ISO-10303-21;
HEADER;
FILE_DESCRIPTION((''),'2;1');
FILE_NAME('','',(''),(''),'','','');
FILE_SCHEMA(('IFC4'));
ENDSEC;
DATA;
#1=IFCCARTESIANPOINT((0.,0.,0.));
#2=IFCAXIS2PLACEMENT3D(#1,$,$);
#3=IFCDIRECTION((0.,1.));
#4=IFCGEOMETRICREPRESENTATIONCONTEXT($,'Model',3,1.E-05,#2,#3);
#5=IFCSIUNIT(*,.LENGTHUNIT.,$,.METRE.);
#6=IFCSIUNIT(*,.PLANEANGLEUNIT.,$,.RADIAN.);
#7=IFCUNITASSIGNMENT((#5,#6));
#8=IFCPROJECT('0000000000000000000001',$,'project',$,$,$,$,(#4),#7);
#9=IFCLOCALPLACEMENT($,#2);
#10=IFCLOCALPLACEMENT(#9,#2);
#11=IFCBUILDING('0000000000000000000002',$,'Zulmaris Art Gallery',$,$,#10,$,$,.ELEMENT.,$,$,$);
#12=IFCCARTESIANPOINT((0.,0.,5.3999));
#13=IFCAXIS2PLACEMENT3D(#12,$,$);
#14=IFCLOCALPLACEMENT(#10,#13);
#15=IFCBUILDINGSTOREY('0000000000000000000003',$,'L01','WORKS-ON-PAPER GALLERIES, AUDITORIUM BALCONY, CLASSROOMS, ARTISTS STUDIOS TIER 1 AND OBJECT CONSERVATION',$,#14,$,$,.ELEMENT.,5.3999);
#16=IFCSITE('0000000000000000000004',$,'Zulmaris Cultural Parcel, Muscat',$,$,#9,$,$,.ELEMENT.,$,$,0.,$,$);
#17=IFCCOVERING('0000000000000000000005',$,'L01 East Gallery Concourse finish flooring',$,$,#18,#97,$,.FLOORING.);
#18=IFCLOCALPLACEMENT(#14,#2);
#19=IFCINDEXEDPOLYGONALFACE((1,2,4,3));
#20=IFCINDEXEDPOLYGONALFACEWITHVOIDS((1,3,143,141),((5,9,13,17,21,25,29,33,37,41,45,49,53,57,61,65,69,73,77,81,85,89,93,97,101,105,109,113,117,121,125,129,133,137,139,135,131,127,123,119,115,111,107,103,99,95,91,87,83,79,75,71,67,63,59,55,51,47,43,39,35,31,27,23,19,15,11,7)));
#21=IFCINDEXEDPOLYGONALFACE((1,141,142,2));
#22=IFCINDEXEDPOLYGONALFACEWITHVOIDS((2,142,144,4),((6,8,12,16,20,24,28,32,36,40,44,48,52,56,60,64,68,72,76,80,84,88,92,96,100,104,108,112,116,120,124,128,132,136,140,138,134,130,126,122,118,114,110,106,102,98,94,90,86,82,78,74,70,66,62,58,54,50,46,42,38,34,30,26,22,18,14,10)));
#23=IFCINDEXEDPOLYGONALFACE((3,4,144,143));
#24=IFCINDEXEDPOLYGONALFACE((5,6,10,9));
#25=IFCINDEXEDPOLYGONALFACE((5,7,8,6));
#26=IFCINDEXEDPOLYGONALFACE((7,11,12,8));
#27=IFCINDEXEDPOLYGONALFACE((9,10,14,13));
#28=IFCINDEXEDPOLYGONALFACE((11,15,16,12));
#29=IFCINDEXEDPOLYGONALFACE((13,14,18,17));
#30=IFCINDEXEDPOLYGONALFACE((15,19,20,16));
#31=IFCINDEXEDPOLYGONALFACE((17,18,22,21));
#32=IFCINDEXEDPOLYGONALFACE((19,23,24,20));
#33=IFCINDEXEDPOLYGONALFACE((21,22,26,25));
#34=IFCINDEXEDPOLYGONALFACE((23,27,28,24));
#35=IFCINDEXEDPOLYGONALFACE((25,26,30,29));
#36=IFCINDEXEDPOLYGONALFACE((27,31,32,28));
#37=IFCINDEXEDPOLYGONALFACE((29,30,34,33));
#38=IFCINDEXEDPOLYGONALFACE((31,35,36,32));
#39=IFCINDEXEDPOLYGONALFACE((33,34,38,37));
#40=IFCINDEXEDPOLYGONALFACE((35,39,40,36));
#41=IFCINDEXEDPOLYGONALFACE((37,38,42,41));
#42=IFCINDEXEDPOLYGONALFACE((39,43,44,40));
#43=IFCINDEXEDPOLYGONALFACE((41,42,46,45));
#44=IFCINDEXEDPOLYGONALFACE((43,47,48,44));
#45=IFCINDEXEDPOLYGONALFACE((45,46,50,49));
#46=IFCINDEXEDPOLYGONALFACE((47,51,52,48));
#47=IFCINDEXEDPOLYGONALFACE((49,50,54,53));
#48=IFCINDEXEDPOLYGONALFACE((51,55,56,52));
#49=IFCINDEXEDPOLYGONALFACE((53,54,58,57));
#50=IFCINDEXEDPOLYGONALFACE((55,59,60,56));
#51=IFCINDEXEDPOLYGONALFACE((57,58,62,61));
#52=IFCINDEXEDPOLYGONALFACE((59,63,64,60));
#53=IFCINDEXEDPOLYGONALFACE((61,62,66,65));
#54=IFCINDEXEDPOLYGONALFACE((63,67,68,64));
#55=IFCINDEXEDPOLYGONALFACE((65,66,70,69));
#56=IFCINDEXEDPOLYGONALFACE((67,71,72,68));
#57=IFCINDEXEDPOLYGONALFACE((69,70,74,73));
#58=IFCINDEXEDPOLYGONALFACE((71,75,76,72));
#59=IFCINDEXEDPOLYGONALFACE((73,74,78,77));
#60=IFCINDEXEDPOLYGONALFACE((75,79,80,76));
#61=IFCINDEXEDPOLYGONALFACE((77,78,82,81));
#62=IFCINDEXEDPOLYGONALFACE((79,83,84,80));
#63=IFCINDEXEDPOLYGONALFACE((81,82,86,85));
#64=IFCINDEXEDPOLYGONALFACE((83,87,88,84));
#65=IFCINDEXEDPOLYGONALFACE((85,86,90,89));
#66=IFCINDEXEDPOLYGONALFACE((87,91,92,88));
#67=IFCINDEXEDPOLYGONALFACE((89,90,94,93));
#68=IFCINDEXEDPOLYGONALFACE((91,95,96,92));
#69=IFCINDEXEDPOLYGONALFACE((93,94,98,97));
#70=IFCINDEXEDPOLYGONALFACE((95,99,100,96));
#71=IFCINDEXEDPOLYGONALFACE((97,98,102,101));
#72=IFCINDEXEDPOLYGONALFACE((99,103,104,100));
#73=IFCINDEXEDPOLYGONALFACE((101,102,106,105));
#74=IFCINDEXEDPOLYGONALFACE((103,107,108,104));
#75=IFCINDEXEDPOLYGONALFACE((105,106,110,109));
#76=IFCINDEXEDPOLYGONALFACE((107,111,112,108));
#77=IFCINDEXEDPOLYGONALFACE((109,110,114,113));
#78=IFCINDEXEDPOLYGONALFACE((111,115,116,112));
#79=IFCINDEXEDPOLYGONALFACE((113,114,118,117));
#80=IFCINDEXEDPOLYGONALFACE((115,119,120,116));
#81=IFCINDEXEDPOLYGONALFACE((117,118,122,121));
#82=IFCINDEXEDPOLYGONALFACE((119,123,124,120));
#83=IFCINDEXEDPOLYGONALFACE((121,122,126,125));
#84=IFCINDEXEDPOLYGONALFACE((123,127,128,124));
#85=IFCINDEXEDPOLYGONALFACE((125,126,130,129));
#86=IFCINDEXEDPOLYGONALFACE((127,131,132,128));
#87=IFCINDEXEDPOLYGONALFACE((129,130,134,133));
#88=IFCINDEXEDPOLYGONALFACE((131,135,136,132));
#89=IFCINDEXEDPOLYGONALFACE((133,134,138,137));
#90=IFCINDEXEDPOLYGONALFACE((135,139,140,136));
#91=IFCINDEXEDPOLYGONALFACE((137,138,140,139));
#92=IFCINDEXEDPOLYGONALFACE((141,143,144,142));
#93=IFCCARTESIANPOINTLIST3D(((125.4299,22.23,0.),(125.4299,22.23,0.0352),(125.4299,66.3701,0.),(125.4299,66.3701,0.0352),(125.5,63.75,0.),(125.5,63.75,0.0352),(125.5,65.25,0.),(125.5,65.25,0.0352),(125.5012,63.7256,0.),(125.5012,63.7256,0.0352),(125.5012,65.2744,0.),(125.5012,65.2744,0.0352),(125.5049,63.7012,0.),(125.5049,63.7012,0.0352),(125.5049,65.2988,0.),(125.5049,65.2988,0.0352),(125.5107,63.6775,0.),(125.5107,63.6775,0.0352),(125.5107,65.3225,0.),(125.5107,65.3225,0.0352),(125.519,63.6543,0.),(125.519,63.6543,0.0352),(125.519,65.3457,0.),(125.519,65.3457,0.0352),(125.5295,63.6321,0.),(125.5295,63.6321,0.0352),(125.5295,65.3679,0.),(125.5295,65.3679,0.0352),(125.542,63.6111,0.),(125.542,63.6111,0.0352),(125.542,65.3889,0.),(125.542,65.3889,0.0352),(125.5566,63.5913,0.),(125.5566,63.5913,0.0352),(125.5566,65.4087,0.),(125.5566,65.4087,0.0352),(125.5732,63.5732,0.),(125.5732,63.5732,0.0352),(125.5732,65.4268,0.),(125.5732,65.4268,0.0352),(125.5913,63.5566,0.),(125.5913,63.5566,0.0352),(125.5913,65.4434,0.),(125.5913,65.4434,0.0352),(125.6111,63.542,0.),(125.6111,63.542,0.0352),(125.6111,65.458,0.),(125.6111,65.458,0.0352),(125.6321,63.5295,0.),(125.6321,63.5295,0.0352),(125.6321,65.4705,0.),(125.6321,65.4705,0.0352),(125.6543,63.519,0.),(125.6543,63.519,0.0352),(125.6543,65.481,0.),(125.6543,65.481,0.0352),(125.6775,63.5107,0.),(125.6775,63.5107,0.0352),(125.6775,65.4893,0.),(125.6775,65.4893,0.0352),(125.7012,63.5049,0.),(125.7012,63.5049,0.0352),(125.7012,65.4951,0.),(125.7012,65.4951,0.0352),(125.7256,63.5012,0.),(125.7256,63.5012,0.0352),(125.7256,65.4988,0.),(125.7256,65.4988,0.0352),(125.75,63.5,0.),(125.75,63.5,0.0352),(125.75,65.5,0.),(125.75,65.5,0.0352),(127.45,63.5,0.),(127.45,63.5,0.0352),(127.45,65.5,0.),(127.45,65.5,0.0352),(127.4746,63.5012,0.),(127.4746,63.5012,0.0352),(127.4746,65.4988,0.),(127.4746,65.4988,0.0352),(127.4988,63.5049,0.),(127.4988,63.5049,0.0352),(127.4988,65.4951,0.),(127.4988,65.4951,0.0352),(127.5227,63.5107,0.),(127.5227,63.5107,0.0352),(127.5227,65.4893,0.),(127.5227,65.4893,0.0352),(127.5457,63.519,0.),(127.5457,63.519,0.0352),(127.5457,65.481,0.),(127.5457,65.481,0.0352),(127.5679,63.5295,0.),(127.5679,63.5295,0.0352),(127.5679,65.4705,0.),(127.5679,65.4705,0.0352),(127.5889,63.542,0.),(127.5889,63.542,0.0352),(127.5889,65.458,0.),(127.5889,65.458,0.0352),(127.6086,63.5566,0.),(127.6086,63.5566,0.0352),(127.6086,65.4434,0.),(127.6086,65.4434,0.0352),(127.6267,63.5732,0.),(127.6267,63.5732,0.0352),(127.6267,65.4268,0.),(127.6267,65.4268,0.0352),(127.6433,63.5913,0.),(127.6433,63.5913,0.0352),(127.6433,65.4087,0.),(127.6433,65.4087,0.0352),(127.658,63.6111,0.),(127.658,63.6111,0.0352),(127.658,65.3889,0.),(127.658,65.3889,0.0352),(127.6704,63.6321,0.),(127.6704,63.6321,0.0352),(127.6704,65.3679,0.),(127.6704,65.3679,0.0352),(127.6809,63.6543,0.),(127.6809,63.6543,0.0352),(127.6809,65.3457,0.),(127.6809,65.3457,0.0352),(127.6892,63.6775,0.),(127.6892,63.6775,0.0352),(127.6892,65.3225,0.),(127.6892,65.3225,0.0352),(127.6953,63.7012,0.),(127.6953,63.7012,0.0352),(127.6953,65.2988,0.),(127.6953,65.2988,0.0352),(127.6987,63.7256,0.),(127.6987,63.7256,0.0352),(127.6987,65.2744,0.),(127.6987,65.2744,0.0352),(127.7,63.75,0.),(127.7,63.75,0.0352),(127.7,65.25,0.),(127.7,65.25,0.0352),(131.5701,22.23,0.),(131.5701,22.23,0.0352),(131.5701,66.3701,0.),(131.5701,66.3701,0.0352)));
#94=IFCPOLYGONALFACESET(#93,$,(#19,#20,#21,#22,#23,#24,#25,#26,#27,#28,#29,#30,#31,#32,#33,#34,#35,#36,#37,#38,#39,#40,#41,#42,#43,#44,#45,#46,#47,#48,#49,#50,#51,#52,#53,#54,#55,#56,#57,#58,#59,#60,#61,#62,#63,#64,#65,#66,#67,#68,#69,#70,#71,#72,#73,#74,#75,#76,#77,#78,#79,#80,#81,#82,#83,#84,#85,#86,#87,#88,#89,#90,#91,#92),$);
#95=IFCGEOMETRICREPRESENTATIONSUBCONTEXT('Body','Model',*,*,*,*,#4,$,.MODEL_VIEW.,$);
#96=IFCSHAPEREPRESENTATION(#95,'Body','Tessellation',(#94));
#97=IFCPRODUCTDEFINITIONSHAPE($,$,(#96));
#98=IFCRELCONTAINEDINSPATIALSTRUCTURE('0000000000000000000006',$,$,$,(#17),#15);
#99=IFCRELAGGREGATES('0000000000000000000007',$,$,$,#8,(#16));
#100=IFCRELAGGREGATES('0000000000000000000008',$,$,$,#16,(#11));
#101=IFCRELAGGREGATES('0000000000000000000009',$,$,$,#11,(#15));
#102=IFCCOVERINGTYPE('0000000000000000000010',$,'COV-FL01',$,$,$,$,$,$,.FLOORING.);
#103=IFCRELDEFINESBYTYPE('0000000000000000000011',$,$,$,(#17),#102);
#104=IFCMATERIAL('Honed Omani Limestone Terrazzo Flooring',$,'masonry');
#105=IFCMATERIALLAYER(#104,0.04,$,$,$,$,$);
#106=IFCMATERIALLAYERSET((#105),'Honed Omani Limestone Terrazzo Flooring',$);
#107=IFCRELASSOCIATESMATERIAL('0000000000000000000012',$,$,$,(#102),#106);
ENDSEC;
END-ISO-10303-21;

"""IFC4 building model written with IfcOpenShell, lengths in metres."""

from ifc_helpers import new_model, si_unit, direction, frame, origin, place, context, subcontext, project, spatial, polyline, outline, extrude, material, layer, layer_set, type_object, element, save


model = new_model("IFC4")

# Units and contexts
model_context = context("Model", 3, precision=1e-05, world=origin(), true_north=direction((0.0, 1.0)))
body_context = subcontext(model_context, "Body", "Model", "MODEL_VIEW")
ifc_project = project(units=[si_unit("LENGTHUNIT", "METRE"), si_unit("PLANEANGLEUNIT", "RADIAN")], contexts=[model_context])

# Site, building, storey
site_placement = place(None, origin())
site = spatial("IfcSite", under=ifc_project, at=site_placement, Name="Zulmaris Cultural Parcel, Muscat", CompositionType="ELEMENT", RefElevation=0.0)
building_placement = place(site_placement, origin())
building = spatial("IfcBuilding", under=site, at=building_placement, Name="Zulmaris Art Gallery", CompositionType="ELEMENT")
storey_placement = place(building_placement, frame((0.0, 0.0, 5.3999)))
storey = spatial("IfcBuildingStorey", under=building, at=storey_placement, Name="L01", Description="WORKS-ON-PAPER GALLERIES, AUDITORIUM BALCONY, CLASSROOMS, ARTISTS STUDIOS TIER 1 AND OBJECT CONSERVATION", CompositionType="ELEMENT", Elevation=5.3999)

# Covering
ifc_material_1 = material(Name="Honed Omani Limestone Terrazzo Flooring", Category="masonry")
ifc_layer_1 = layer(ifc_material_1, 0.04)
ifc_layer_set_1 = layer_set([ifc_layer_1], Name="Honed Omani Limestone Terrazzo Flooring")
covering_type_1 = type_object("IfcCoveringType", Name="COV-FL01", PredefinedType="FLOORING", material=ifc_layer_set_1)
covering_1_placement = place(storey_placement, origin())
element("IfcCovering", 1, at=covering_1_placement, inside=storey, type_object=covering_type_1, Name="L01 East Gallery Concourse finish flooring", PredefinedType="FLOORING", context=body_context, shape_type="SweptSolid", body=[
    extrude(outline(polyline([(131.5701, 22.23), (125.4299, 22.23), (125.4299, 66.3701), (131.5701, 66.3701), (131.5701, 22.23)]), holes=[polyline([(125.7256, 65.4988), (125.7012, 65.4951), (125.6775, 65.4893), (125.6543, 65.481), (125.6321, 65.4705), (125.6111, 65.458), (125.5913, 65.4434), (125.5732, 65.4268), (125.5566, 65.4087), (125.542, 65.3889), (125.5295, 65.3679), (125.519, 65.3457), (125.5107, 65.3225), (125.5049, 65.2988), (125.5012, 65.2744), (125.5, 65.25), (125.5, 63.75), (125.5012, 63.7256), (125.5049, 63.7012), (125.5107, 63.6775), (125.519, 63.6543), (125.5295, 63.6321), (125.542, 63.6111), (125.5566, 63.5913), (125.5732, 63.5732), (125.5913, 63.5566), (125.6111, 63.542), (125.6321, 63.5295), (125.6543, 63.519), (125.6775, 63.5107), (125.7012, 63.5049), (125.7256, 63.5012), (125.75, 63.5), (127.45, 63.5), (127.4746, 63.5012), (127.4988, 63.5049), (127.5227, 63.5107), (127.5457, 63.519), (127.5679, 63.5295), (127.5889, 63.542), (127.6086, 63.5566), (127.6267, 63.5732), (127.6433, 63.5913), (127.658, 63.6111), (127.6704, 63.6321), (127.6809, 63.6543), (127.6892, 63.6775), (127.6953, 63.7012), (127.6987, 63.7256), (127.7, 63.75), (127.7, 65.25), (127.6987, 65.2744), (127.6953, 65.2988), (127.6892, 65.3225), (127.6809, 65.3457), (127.6704, 65.3679), (127.658, 65.3889), (127.6433, 65.4087), (127.6267, 65.4268), (127.6086, 65.4434), (127.5889, 65.458), (127.5679, 65.4705), (127.5457, 65.481), (127.5227, 65.4893), (127.4988, 65.4951), (127.4746, 65.4988), (127.45, 65.5), (125.75, 65.5), (125.7256, 65.4988)])]), origin(), (0.0, 0.0, 1.0), 0.0352),
])

save(model, "model.ifc")
